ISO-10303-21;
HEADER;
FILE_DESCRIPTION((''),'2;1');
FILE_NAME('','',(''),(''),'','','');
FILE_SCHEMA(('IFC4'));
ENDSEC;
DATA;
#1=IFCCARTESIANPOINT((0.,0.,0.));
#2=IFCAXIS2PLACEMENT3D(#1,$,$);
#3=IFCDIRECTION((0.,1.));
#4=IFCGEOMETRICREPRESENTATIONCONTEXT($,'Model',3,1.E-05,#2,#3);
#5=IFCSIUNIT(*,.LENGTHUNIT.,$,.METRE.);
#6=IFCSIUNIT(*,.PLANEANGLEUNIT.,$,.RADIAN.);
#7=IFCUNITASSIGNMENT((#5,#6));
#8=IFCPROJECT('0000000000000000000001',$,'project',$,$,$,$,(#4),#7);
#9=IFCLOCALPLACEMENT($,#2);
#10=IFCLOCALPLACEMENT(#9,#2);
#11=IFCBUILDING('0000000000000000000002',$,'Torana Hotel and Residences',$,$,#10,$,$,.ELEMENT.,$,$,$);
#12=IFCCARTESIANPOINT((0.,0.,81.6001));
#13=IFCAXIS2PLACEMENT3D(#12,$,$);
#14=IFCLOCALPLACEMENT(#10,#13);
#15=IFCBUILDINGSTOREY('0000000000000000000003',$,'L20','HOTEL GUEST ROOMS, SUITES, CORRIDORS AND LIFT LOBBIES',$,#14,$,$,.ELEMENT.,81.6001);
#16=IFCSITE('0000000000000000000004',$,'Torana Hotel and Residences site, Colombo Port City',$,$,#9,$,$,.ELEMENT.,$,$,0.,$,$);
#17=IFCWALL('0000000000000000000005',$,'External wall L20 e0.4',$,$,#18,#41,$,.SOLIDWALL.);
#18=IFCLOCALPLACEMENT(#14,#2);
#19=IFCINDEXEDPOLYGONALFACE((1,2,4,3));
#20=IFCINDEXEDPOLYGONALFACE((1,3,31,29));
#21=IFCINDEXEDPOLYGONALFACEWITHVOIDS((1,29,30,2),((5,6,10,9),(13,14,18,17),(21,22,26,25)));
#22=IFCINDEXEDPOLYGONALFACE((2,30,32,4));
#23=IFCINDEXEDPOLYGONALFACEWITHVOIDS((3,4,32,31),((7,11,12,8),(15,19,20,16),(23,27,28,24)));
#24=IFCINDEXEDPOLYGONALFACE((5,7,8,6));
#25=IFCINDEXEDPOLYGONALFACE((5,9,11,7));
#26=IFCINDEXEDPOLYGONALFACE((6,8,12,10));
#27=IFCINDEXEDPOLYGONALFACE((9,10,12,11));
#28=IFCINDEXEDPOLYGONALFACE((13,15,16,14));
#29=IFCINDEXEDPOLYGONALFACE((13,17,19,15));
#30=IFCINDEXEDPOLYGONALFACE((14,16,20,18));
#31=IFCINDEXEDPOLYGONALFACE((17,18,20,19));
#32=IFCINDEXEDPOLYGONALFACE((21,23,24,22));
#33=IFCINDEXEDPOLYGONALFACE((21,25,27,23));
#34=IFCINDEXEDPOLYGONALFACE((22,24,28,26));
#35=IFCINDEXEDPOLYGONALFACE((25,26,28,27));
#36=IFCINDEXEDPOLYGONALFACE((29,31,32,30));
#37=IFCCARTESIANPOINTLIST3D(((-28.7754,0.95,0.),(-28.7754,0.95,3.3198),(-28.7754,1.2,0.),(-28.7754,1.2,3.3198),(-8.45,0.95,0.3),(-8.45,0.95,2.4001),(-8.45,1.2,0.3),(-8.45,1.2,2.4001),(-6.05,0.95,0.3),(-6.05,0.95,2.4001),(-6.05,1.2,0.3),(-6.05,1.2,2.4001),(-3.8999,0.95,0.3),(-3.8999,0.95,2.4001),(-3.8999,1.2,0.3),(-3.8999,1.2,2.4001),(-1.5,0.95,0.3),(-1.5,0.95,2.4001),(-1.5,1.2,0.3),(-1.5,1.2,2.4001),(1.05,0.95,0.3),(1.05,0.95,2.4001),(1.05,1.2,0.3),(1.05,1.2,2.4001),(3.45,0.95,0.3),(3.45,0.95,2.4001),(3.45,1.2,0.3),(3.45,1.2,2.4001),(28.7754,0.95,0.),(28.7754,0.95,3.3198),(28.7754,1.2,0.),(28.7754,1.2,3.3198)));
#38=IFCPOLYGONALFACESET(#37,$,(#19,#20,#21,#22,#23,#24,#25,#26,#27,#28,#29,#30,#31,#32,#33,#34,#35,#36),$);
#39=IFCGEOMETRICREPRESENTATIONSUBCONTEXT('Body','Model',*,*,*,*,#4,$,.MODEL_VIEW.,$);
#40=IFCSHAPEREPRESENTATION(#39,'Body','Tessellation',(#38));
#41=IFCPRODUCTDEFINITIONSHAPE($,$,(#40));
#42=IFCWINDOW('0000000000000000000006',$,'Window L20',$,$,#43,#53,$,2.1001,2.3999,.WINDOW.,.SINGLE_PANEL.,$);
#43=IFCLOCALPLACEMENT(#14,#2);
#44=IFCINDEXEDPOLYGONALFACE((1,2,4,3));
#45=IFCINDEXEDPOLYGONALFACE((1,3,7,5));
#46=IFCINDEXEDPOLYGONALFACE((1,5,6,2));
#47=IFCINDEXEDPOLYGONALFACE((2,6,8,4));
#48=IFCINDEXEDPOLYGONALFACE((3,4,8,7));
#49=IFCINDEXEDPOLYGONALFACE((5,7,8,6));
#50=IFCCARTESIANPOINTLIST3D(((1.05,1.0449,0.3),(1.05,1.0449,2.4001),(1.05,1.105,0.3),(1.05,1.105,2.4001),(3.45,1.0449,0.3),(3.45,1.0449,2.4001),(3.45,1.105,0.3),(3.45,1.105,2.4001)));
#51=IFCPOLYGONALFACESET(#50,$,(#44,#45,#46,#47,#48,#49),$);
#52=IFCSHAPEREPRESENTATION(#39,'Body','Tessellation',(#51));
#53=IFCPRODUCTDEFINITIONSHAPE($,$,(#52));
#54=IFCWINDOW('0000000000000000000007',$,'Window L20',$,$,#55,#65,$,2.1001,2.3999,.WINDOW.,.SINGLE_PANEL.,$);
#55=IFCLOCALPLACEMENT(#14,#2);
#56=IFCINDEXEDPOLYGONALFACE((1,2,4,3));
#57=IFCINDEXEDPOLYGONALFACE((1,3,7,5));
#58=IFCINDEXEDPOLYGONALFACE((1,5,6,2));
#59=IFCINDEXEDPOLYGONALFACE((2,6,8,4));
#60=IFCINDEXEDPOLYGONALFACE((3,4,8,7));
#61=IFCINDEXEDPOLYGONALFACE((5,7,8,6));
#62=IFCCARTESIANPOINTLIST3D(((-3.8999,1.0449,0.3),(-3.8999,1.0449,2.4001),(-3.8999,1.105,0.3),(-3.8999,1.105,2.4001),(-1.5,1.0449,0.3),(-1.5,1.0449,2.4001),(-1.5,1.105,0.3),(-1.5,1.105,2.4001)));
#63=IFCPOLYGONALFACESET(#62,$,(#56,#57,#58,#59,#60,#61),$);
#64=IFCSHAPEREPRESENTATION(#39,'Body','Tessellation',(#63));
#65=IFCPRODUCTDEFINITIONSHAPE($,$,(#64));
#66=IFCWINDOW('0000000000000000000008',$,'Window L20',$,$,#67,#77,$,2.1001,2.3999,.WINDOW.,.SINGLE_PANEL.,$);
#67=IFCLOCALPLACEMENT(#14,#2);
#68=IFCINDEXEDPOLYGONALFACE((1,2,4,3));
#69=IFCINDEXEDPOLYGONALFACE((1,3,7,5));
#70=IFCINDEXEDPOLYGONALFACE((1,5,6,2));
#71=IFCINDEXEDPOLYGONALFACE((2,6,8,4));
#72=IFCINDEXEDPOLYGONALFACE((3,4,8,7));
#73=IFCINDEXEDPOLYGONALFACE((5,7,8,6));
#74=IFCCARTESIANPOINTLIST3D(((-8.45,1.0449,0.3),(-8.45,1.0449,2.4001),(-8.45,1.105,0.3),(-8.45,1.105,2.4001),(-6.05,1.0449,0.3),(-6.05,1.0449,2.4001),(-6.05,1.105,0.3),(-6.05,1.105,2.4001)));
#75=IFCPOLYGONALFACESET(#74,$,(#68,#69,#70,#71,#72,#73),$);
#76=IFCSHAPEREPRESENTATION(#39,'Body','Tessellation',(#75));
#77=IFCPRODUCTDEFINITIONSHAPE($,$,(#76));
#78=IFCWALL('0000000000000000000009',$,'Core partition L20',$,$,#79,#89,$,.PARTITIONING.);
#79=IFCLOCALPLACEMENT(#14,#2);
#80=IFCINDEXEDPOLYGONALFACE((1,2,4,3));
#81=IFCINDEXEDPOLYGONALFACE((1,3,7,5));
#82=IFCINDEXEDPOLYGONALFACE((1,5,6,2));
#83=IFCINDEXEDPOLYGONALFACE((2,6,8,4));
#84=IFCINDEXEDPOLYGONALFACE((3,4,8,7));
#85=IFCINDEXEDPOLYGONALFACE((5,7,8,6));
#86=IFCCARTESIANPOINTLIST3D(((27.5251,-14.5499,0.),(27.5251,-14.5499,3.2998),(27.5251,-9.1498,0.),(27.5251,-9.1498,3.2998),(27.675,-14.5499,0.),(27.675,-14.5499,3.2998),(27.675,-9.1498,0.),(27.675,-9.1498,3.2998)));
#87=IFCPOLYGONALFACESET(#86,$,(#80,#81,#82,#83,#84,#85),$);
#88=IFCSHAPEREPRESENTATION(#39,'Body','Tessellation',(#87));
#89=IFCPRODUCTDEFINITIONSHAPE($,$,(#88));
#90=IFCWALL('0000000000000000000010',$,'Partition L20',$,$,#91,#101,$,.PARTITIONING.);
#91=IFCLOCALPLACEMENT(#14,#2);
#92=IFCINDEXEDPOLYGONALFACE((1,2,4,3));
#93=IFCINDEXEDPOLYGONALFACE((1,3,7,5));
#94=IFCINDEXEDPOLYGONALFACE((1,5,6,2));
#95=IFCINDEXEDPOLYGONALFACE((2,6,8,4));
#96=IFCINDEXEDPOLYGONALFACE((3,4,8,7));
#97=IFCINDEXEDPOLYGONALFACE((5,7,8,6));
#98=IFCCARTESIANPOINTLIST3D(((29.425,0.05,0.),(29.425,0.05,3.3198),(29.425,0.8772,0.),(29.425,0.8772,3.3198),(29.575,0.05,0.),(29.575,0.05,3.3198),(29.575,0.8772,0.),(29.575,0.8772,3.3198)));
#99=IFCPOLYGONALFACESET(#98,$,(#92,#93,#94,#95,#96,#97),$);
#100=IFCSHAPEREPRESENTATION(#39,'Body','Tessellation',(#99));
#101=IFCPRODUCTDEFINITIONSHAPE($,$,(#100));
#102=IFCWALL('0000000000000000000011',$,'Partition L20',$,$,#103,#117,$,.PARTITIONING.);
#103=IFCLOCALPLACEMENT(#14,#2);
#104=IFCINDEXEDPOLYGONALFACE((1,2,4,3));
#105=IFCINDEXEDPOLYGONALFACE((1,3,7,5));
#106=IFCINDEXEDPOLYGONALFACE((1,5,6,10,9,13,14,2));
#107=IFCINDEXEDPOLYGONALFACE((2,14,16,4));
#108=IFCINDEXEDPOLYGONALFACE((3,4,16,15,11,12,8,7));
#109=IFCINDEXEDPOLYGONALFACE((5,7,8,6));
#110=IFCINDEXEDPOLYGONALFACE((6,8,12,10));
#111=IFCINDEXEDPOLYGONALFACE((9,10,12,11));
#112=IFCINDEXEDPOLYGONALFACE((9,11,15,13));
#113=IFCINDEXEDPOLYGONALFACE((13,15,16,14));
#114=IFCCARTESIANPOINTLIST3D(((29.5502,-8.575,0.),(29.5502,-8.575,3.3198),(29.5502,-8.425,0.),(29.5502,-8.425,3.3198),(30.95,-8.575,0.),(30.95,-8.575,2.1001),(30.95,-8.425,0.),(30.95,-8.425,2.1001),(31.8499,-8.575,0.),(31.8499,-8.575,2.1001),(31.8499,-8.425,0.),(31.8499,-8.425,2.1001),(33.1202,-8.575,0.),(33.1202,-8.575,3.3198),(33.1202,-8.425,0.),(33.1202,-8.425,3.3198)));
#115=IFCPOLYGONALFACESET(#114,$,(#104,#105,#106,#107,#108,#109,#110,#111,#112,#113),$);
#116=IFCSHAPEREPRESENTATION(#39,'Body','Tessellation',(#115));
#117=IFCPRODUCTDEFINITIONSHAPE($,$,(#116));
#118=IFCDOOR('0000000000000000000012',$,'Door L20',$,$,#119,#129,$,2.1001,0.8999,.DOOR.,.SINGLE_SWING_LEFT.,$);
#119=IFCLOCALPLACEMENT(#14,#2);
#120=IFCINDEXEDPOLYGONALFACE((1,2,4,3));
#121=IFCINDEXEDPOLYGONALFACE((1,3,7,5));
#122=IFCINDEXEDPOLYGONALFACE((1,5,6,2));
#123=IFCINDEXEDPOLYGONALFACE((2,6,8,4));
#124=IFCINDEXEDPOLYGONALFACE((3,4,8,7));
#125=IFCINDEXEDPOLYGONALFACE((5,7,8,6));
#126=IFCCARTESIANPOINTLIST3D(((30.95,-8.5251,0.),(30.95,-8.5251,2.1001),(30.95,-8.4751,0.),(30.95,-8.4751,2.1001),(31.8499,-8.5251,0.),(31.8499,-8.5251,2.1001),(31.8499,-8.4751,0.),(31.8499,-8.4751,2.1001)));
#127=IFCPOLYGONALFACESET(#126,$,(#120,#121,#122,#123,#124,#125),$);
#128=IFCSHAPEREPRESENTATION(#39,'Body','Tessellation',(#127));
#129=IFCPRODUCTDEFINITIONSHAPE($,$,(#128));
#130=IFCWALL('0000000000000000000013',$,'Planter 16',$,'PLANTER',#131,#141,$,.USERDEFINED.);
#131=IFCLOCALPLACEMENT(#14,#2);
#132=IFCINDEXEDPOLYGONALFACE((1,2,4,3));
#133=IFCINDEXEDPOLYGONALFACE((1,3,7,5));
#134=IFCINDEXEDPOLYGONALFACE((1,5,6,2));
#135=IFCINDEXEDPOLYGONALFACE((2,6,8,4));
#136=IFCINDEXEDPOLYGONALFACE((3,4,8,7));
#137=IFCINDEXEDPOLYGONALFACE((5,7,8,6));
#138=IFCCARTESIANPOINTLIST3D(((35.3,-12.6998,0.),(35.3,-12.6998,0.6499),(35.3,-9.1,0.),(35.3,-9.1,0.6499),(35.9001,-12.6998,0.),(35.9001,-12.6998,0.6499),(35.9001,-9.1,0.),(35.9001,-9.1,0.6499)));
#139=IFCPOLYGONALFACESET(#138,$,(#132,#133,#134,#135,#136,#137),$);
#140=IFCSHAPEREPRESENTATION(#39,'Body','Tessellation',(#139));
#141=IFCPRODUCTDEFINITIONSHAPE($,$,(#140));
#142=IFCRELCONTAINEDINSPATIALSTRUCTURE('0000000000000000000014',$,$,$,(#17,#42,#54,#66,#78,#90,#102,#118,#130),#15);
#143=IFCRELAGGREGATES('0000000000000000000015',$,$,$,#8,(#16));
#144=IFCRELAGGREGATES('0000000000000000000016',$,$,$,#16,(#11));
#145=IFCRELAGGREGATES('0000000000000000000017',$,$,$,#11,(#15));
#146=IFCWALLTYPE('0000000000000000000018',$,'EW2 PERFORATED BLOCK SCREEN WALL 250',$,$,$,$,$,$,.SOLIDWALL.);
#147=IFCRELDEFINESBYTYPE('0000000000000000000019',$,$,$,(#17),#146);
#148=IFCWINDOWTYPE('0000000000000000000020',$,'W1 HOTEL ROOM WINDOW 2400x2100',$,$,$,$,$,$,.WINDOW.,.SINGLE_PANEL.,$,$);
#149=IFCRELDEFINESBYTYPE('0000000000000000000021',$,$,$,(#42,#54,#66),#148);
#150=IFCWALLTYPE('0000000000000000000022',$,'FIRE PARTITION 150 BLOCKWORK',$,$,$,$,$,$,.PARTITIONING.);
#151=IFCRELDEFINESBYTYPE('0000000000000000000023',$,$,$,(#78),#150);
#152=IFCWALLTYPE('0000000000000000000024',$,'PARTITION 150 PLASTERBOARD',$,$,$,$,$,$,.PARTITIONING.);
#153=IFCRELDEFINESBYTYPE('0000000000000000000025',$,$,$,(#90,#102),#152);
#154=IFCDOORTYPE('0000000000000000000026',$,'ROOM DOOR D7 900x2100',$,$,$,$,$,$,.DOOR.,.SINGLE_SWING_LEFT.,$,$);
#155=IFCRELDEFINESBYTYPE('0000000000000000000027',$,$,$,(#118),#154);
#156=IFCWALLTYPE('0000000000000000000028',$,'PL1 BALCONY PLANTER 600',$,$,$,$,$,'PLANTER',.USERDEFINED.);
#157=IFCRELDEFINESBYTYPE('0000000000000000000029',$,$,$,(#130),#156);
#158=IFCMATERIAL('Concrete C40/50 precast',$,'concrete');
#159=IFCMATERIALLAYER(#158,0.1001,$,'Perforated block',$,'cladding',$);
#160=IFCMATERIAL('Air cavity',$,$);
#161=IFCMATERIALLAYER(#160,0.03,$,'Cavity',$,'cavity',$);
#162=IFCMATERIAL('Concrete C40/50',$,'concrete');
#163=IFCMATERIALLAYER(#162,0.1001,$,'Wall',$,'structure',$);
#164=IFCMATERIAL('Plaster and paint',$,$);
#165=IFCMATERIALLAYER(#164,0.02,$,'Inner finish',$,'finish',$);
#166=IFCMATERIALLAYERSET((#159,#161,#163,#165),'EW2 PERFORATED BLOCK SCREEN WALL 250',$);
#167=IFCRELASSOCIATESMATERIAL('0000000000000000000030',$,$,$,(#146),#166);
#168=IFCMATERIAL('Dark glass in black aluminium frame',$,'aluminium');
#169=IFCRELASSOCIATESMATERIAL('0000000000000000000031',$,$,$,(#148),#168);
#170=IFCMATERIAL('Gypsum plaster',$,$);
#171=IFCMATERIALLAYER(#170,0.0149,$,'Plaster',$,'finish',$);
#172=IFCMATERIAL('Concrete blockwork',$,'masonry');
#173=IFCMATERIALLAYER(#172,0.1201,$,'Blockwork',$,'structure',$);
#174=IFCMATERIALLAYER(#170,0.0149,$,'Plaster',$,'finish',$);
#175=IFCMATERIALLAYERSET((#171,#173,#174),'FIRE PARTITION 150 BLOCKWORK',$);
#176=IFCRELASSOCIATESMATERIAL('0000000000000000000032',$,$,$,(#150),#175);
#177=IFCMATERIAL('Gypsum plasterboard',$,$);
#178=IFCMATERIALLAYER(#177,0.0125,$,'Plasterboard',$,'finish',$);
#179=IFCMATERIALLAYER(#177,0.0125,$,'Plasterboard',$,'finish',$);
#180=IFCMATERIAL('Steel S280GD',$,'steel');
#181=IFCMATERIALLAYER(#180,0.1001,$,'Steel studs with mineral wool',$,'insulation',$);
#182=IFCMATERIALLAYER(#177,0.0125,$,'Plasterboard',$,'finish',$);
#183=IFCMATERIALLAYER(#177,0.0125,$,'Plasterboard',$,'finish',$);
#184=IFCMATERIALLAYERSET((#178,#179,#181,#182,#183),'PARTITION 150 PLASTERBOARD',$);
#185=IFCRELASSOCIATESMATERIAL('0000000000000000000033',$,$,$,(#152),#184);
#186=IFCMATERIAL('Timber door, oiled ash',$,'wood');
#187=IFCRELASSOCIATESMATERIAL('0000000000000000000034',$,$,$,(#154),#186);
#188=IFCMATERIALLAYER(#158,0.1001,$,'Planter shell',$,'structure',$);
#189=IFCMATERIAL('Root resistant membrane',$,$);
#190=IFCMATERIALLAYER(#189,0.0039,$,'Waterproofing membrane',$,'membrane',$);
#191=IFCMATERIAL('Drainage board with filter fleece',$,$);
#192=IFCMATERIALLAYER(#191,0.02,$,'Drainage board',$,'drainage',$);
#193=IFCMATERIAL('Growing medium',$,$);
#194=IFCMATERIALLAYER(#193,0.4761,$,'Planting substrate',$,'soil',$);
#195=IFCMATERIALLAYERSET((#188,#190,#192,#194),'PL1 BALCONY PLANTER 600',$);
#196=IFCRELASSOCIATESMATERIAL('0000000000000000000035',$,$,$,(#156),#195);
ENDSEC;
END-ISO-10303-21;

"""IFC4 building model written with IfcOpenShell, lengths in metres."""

from ifc_helpers import new_model, si_unit, direction, frame, frame_2d, origin, place, context, subcontext, project, spatial, rectangle, extrude, material, layer, layer_set, type_object, element, fill, save


model = new_model("IFC4")

# Units and contexts
model_context = context("Model", 3, precision=1e-05, world=origin(), true_north=direction((0.0, 1.0)))
body_context = subcontext(model_context, "Body", "Model", "MODEL_VIEW")
ifc_project = project(units=[si_unit("LENGTHUNIT", "METRE"), si_unit("PLANEANGLEUNIT", "RADIAN")], contexts=[model_context])

# Site, building, storey
site_placement = place(None, origin())
site = spatial("IfcSite", under=ifc_project, at=site_placement, Name="Torana Hotel and Residences site, Colombo Port City", CompositionType="ELEMENT", RefElevation=0.0)
building_placement = place(site_placement, origin())
building = spatial("IfcBuilding", under=site, at=building_placement, Name="Torana Hotel and Residences", CompositionType="ELEMENT")
storey_placement = place(building_placement, frame((0.0, 0.0, 81.6001)))
storey = spatial("IfcBuildingStorey", under=building, at=storey_placement, Name="L20", Description="HOTEL GUEST ROOMS, SUITES, CORRIDORS AND LIFT LOBBIES", CompositionType="ELEMENT", Elevation=81.6001)

# Shared definitions
ifc_material_1 = material(Name="Steel S280GD", Category="steel")

# Wall, openings, windows
ifc_material_2 = material(Name="Concrete C40/50 precast", Category="concrete")
ifc_layer_1 = layer(ifc_material_2, 0.1001, Name="Perforated block", Category="cladding")
ifc_material_3 = material(Name="Air cavity")
ifc_layer_2 = layer(ifc_material_3, 0.03, Name="Cavity", Category="cavity")
ifc_material_4 = material(Name="Concrete C40/50", Category="concrete")
ifc_layer_3 = layer(ifc_material_4, 0.1001, Name="Wall", Category="structure")
ifc_material_5 = material(Name="Plaster and paint")
ifc_layer_4 = layer(ifc_material_5, 0.02, Name="Inner finish", Category="finish")
ifc_layer_set_1 = layer_set([ifc_layer_1, ifc_layer_2, ifc_layer_3, ifc_layer_4], Name="EW2 PERFORATED BLOCK SCREEN WALL 250")
wall_type_1 = type_object("IfcWallType", Name="EW2 PERFORATED BLOCK SCREEN WALL 250", PredefinedType="SOLIDWALL", material=ifc_layer_set_1)
wall_1_placement = place(storey_placement, frame((28.7754, 1.075, 0.0), z_axis=(0.0, 0.0, 1.0), x_axis=(-1.0, 0.0, 0.0)))
wall_1 = element("IfcWall", 1, at=wall_1_placement, inside=storey, type_object=wall_type_1, Name="External wall L20 e0.4", PredefinedType="SOLIDWALL", context=body_context, shape_type="SweptSolid", body=[
    extrude(rectangle(XDim=57.5508, YDim=0.25, at=frame_2d((28.7754, 0.0))), origin(), (0.0, 0.0, 1.0), 3.3198),
])
opening_1_placement = place(wall_1_placement, frame((25.3254, 0.0, 0.3)))
opening_1 = element("IfcOpeningElement", 2, at=opening_1_placement, cuts=wall_1, PredefinedType="OPENING", context=body_context, shape_type="SweptSolid", body=[
    extrude(rectangle(XDim=2.3999, YDim=2.1001, at=frame_2d((1.2, 1.05))), frame((0.0, 0.135, 0.0), z_axis=(0.0, -1.0, 0.0), x_axis=(1.0, 0.0, 0.0)), (0.0, 0.0, 1.0), 0.27),
])
opening_2_placement = place(wall_1_placement, frame((30.2754, 0.0, 0.3)))
opening_2 = element("IfcOpeningElement", 3, at=opening_2_placement, cuts=wall_1, PredefinedType="OPENING", context=body_context, shape_type="SweptSolid", body=[
    extrude(rectangle(XDim=2.3999, YDim=2.1001, at=frame_2d((1.2, 1.05))), frame((0.0, 0.135, 0.0), z_axis=(0.0, -1.0, 0.0), x_axis=(1.0, 0.0, 0.0)), (0.0, 0.0, 1.0), 0.27),
])
opening_3_placement = place(wall_1_placement, frame((34.8254, 0.0, 0.3)))
opening_3 = element("IfcOpeningElement", 4, at=opening_3_placement, cuts=wall_1, PredefinedType="OPENING", context=body_context, shape_type="SweptSolid", body=[
    extrude(rectangle(XDim=2.3999, YDim=2.1001, at=frame_2d((1.2, 1.05))), frame((0.0, 0.135, 0.0), z_axis=(0.0, -1.0, 0.0), x_axis=(1.0, 0.0, 0.0)), (0.0, 0.0, 1.0), 0.27),
])
ifc_material_6 = material(Name="Dark glass in black aluminium frame", Category="aluminium")
window_type = type_object("IfcWindowType", Name="W1 HOTEL ROOM WINDOW 2400x2100", PartitioningType="SINGLE_PANEL", PredefinedType="WINDOW", material=ifc_material_6)
window_1_placement = place(opening_1_placement, origin())
window_1 = element("IfcWindow", 5, at=window_1_placement, inside=storey, type_object=window_type, Name="Window L20", OverallHeight=2.1001, OverallWidth=2.3999, PartitioningType="SINGLE_PANEL", PredefinedType="WINDOW", context=body_context, shape_type="SweptSolid", body=[
    extrude(rectangle(XDim=2.3999, YDim=2.1001, at=frame_2d((1.2, 1.05))), frame((0.0, 0.03, 0.0), z_axis=(0.0, -1.0, 0.0), x_axis=(1.0, 0.0, 0.0)), (0.0, 0.0, 1.0), 0.0601),
])
fill(opening_1, window_1)
window_2_placement = place(opening_2_placement, origin())
window_2 = element("IfcWindow", 6, at=window_2_placement, inside=storey, type_object=window_type, Name="Window L20", OverallHeight=2.1001, OverallWidth=2.3999, PartitioningType="SINGLE_PANEL", PredefinedType="WINDOW", context=body_context, shape_type="SweptSolid", body=[
    extrude(rectangle(XDim=2.3999, YDim=2.1001, at=frame_2d((1.2, 1.05))), frame((0.0, 0.03, 0.0), z_axis=(0.0, -1.0, 0.0), x_axis=(1.0, 0.0, 0.0)), (0.0, 0.0, 1.0), 0.0601),
])
fill(opening_2, window_2)
window_3_placement = place(opening_3_placement, origin())
window_3 = element("IfcWindow", 7, at=window_3_placement, inside=storey, type_object=window_type, Name="Window L20", OverallHeight=2.1001, OverallWidth=2.3999, PartitioningType="SINGLE_PANEL", PredefinedType="WINDOW", context=body_context, shape_type="SweptSolid", body=[
    extrude(rectangle(XDim=2.3999, YDim=2.1001, at=frame_2d((1.2, 1.05))), frame((0.0, 0.03, 0.0), z_axis=(0.0, -1.0, 0.0), x_axis=(1.0, 0.0, 0.0)), (0.0, 0.0, 1.0), 0.0601),
])
fill(opening_3, window_3)

# Walls
ifc_material_7 = material(Name="Gypsum plaster")
ifc_layer_5 = layer(ifc_material_7, 0.0149, Name="Plaster", Category="finish")
ifc_material_8 = material(Name="Concrete blockwork", Category="masonry")
ifc_layer_6 = layer(ifc_material_8, 0.1201, Name="Blockwork", Category="structure")
ifc_layer_7 = layer(ifc_material_7, 0.0149, Name="Plaster", Category="finish")
ifc_layer_set_2 = layer_set([ifc_layer_5, ifc_layer_6, ifc_layer_7], Name="FIRE PARTITION 150 BLOCKWORK")
wall_type_2 = type_object("IfcWallType", Name="FIRE PARTITION 150 BLOCKWORK", PredefinedType="PARTITIONING", material=ifc_layer_set_2)
wall_2_placement = place(storey_placement, frame((27.6001, -14.55, 0.0), z_axis=(0.0, 0.0, 1.0), x_axis=(0.0, 1.0, 0.0)))
element("IfcWall", 8, at=wall_2_placement, inside=storey, type_object=wall_type_2, Name="Core partition L20", PredefinedType="PARTITIONING", context=body_context, shape_type="SweptSolid", body=[
    extrude(rectangle(XDim=5.4001, YDim=0.1499, at=frame_2d((2.7002, 0.0))), origin(), (0.0, 0.0, 1.0), 3.2998),
])
ifc_material_9 = material(Name="Gypsum plasterboard")
ifc_layer_8 = layer(ifc_material_9, 0.0125, Name="Plasterboard", Category="finish")
ifc_layer_9 = layer(ifc_material_9, 0.0125, Name="Plasterboard", Category="finish")
ifc_layer_10 = layer(ifc_material_1, 0.1001, Name="Steel studs with mineral wool", Category="insulation")
ifc_layer_11 = layer(ifc_material_9, 0.0125, Name="Plasterboard", Category="finish")
ifc_layer_12 = layer(ifc_material_9, 0.0125, Name="Plasterboard", Category="finish")
ifc_layer_set_3 = layer_set([ifc_layer_8, ifc_layer_9, ifc_layer_10, ifc_layer_11, ifc_layer_12], Name="PARTITION 150 PLASTERBOARD")
wall_type_3 = type_object("IfcWallType", Name="PARTITION 150 PLASTERBOARD", PredefinedType="PARTITIONING", material=ifc_layer_set_3)
wall_3_placement = place(storey_placement, frame((29.5, 0.05, 0.0), z_axis=(0.0, 0.0, 1.0), x_axis=(0.0, 1.0, 0.0)))
element("IfcWall", 9, at=wall_3_placement, inside=storey, type_object=wall_type_3, Name="Partition L20", PredefinedType="PARTITIONING", context=body_context, shape_type="SweptSolid", body=[
    extrude(rectangle(XDim=0.8271, YDim=0.1499, at=frame_2d((0.4136, 0.0))), origin(), (0.0, 0.0, 1.0), 3.3198),
])

# Wall, opening, door
wall_4_placement = place(storey_placement, frame((29.55, -8.5, 0.0), z_axis=(0.0, 0.0, 1.0), x_axis=(1.0, 0.0, 0.0)))
wall_4 = element("IfcWall", 10, at=wall_4_placement, inside=storey, type_object=wall_type_3, Name="Partition L20", PredefinedType="PARTITIONING", context=body_context, shape_type="SweptSolid", body=[
    extrude(rectangle(XDim=3.5701, YDim=0.1499, at=frame_2d((1.7852, 0.0))), origin(), (0.0, 0.0, 1.0), 3.3198),
])
opening_4_placement = place(wall_4_placement, frame((1.3999, 0.0, 0.0)))
opening_4 = element("IfcOpeningElement", 11, at=opening_4_placement, cuts=wall_4, PredefinedType="OPENING", context=body_context, shape_type="SweptSolid", body=[
    extrude(rectangle(XDim=0.8999, YDim=2.1001, at=frame_2d((0.45, 1.05))), frame((0.0, 0.085, 0.0), z_axis=(0.0, -1.0, 0.0), x_axis=(1.0, 0.0, 0.0)), (0.0, 0.0, 1.0), 0.1699),
])
ifc_material_10 = material(Name="Timber door, oiled ash", Category="wood")
door_type = type_object("IfcDoorType", Name="ROOM DOOR D7 900x2100", OperationType="SINGLE_SWING_LEFT", PredefinedType="DOOR", material=ifc_material_10)
door_placement = place(opening_4_placement, origin())
door = element("IfcDoor", 12, at=door_placement, inside=storey, type_object=door_type, Name="Door L20", OperationType="SINGLE_SWING_LEFT", OverallHeight=2.1001, OverallWidth=0.8999, PredefinedType="DOOR", context=body_context, shape_type="SweptSolid", body=[
    extrude(rectangle(XDim=0.8999, YDim=2.1001, at=frame_2d((0.45, 1.05))), frame((0.0, 0.0249, 0.0), z_axis=(0.0, -1.0, 0.0), x_axis=(1.0, 0.0, 0.0)), (0.0, 0.0, 1.0), 0.05),
])
fill(opening_4, door)

# Wall
ifc_layer_13 = layer(ifc_material_2, 0.1001, Name="Planter shell", Category="structure")
ifc_material_11 = material(Name="Root resistant membrane")
ifc_layer_14 = layer(ifc_material_11, 0.0039, Name="Waterproofing membrane", Category="membrane")
ifc_material_12 = material(Name="Drainage board with filter fleece")
ifc_layer_15 = layer(ifc_material_12, 0.02, Name="Drainage board", Category="drainage")
ifc_material_13 = material(Name="Growing medium")
ifc_layer_16 = layer(ifc_material_13, 0.4761, Name="Planting substrate", Category="soil")
ifc_layer_set_4 = layer_set([ifc_layer_13, ifc_layer_14, ifc_layer_15, ifc_layer_16], Name="PL1 BALCONY PLANTER 600")
wall_type_4 = type_object("IfcWallType", Name="PL1 BALCONY PLANTER 600", ElementType="PLANTER", PredefinedType="USERDEFINED", material=ifc_layer_set_4)
wall_5_placement = place(storey_placement, frame((35.6001, -9.1001, 0.0), z_axis=(0.0, 0.0, 1.0), x_axis=(0.0, -1.0, 0.0)))
element("IfcWall", 13, at=wall_5_placement, inside=storey, type_object=wall_type_4, Name="Planter 16", ObjectType="PLANTER", PredefinedType="USERDEFINED", context=body_context, shape_type="SweptSolid", body=[
    extrude(rectangle(XDim=3.5999, YDim=0.6001, at=frame_2d((1.7998, 0.0))), origin(), (0.0, 0.0, 1.0), 0.6499),
])

save(model, "model.ifc")
